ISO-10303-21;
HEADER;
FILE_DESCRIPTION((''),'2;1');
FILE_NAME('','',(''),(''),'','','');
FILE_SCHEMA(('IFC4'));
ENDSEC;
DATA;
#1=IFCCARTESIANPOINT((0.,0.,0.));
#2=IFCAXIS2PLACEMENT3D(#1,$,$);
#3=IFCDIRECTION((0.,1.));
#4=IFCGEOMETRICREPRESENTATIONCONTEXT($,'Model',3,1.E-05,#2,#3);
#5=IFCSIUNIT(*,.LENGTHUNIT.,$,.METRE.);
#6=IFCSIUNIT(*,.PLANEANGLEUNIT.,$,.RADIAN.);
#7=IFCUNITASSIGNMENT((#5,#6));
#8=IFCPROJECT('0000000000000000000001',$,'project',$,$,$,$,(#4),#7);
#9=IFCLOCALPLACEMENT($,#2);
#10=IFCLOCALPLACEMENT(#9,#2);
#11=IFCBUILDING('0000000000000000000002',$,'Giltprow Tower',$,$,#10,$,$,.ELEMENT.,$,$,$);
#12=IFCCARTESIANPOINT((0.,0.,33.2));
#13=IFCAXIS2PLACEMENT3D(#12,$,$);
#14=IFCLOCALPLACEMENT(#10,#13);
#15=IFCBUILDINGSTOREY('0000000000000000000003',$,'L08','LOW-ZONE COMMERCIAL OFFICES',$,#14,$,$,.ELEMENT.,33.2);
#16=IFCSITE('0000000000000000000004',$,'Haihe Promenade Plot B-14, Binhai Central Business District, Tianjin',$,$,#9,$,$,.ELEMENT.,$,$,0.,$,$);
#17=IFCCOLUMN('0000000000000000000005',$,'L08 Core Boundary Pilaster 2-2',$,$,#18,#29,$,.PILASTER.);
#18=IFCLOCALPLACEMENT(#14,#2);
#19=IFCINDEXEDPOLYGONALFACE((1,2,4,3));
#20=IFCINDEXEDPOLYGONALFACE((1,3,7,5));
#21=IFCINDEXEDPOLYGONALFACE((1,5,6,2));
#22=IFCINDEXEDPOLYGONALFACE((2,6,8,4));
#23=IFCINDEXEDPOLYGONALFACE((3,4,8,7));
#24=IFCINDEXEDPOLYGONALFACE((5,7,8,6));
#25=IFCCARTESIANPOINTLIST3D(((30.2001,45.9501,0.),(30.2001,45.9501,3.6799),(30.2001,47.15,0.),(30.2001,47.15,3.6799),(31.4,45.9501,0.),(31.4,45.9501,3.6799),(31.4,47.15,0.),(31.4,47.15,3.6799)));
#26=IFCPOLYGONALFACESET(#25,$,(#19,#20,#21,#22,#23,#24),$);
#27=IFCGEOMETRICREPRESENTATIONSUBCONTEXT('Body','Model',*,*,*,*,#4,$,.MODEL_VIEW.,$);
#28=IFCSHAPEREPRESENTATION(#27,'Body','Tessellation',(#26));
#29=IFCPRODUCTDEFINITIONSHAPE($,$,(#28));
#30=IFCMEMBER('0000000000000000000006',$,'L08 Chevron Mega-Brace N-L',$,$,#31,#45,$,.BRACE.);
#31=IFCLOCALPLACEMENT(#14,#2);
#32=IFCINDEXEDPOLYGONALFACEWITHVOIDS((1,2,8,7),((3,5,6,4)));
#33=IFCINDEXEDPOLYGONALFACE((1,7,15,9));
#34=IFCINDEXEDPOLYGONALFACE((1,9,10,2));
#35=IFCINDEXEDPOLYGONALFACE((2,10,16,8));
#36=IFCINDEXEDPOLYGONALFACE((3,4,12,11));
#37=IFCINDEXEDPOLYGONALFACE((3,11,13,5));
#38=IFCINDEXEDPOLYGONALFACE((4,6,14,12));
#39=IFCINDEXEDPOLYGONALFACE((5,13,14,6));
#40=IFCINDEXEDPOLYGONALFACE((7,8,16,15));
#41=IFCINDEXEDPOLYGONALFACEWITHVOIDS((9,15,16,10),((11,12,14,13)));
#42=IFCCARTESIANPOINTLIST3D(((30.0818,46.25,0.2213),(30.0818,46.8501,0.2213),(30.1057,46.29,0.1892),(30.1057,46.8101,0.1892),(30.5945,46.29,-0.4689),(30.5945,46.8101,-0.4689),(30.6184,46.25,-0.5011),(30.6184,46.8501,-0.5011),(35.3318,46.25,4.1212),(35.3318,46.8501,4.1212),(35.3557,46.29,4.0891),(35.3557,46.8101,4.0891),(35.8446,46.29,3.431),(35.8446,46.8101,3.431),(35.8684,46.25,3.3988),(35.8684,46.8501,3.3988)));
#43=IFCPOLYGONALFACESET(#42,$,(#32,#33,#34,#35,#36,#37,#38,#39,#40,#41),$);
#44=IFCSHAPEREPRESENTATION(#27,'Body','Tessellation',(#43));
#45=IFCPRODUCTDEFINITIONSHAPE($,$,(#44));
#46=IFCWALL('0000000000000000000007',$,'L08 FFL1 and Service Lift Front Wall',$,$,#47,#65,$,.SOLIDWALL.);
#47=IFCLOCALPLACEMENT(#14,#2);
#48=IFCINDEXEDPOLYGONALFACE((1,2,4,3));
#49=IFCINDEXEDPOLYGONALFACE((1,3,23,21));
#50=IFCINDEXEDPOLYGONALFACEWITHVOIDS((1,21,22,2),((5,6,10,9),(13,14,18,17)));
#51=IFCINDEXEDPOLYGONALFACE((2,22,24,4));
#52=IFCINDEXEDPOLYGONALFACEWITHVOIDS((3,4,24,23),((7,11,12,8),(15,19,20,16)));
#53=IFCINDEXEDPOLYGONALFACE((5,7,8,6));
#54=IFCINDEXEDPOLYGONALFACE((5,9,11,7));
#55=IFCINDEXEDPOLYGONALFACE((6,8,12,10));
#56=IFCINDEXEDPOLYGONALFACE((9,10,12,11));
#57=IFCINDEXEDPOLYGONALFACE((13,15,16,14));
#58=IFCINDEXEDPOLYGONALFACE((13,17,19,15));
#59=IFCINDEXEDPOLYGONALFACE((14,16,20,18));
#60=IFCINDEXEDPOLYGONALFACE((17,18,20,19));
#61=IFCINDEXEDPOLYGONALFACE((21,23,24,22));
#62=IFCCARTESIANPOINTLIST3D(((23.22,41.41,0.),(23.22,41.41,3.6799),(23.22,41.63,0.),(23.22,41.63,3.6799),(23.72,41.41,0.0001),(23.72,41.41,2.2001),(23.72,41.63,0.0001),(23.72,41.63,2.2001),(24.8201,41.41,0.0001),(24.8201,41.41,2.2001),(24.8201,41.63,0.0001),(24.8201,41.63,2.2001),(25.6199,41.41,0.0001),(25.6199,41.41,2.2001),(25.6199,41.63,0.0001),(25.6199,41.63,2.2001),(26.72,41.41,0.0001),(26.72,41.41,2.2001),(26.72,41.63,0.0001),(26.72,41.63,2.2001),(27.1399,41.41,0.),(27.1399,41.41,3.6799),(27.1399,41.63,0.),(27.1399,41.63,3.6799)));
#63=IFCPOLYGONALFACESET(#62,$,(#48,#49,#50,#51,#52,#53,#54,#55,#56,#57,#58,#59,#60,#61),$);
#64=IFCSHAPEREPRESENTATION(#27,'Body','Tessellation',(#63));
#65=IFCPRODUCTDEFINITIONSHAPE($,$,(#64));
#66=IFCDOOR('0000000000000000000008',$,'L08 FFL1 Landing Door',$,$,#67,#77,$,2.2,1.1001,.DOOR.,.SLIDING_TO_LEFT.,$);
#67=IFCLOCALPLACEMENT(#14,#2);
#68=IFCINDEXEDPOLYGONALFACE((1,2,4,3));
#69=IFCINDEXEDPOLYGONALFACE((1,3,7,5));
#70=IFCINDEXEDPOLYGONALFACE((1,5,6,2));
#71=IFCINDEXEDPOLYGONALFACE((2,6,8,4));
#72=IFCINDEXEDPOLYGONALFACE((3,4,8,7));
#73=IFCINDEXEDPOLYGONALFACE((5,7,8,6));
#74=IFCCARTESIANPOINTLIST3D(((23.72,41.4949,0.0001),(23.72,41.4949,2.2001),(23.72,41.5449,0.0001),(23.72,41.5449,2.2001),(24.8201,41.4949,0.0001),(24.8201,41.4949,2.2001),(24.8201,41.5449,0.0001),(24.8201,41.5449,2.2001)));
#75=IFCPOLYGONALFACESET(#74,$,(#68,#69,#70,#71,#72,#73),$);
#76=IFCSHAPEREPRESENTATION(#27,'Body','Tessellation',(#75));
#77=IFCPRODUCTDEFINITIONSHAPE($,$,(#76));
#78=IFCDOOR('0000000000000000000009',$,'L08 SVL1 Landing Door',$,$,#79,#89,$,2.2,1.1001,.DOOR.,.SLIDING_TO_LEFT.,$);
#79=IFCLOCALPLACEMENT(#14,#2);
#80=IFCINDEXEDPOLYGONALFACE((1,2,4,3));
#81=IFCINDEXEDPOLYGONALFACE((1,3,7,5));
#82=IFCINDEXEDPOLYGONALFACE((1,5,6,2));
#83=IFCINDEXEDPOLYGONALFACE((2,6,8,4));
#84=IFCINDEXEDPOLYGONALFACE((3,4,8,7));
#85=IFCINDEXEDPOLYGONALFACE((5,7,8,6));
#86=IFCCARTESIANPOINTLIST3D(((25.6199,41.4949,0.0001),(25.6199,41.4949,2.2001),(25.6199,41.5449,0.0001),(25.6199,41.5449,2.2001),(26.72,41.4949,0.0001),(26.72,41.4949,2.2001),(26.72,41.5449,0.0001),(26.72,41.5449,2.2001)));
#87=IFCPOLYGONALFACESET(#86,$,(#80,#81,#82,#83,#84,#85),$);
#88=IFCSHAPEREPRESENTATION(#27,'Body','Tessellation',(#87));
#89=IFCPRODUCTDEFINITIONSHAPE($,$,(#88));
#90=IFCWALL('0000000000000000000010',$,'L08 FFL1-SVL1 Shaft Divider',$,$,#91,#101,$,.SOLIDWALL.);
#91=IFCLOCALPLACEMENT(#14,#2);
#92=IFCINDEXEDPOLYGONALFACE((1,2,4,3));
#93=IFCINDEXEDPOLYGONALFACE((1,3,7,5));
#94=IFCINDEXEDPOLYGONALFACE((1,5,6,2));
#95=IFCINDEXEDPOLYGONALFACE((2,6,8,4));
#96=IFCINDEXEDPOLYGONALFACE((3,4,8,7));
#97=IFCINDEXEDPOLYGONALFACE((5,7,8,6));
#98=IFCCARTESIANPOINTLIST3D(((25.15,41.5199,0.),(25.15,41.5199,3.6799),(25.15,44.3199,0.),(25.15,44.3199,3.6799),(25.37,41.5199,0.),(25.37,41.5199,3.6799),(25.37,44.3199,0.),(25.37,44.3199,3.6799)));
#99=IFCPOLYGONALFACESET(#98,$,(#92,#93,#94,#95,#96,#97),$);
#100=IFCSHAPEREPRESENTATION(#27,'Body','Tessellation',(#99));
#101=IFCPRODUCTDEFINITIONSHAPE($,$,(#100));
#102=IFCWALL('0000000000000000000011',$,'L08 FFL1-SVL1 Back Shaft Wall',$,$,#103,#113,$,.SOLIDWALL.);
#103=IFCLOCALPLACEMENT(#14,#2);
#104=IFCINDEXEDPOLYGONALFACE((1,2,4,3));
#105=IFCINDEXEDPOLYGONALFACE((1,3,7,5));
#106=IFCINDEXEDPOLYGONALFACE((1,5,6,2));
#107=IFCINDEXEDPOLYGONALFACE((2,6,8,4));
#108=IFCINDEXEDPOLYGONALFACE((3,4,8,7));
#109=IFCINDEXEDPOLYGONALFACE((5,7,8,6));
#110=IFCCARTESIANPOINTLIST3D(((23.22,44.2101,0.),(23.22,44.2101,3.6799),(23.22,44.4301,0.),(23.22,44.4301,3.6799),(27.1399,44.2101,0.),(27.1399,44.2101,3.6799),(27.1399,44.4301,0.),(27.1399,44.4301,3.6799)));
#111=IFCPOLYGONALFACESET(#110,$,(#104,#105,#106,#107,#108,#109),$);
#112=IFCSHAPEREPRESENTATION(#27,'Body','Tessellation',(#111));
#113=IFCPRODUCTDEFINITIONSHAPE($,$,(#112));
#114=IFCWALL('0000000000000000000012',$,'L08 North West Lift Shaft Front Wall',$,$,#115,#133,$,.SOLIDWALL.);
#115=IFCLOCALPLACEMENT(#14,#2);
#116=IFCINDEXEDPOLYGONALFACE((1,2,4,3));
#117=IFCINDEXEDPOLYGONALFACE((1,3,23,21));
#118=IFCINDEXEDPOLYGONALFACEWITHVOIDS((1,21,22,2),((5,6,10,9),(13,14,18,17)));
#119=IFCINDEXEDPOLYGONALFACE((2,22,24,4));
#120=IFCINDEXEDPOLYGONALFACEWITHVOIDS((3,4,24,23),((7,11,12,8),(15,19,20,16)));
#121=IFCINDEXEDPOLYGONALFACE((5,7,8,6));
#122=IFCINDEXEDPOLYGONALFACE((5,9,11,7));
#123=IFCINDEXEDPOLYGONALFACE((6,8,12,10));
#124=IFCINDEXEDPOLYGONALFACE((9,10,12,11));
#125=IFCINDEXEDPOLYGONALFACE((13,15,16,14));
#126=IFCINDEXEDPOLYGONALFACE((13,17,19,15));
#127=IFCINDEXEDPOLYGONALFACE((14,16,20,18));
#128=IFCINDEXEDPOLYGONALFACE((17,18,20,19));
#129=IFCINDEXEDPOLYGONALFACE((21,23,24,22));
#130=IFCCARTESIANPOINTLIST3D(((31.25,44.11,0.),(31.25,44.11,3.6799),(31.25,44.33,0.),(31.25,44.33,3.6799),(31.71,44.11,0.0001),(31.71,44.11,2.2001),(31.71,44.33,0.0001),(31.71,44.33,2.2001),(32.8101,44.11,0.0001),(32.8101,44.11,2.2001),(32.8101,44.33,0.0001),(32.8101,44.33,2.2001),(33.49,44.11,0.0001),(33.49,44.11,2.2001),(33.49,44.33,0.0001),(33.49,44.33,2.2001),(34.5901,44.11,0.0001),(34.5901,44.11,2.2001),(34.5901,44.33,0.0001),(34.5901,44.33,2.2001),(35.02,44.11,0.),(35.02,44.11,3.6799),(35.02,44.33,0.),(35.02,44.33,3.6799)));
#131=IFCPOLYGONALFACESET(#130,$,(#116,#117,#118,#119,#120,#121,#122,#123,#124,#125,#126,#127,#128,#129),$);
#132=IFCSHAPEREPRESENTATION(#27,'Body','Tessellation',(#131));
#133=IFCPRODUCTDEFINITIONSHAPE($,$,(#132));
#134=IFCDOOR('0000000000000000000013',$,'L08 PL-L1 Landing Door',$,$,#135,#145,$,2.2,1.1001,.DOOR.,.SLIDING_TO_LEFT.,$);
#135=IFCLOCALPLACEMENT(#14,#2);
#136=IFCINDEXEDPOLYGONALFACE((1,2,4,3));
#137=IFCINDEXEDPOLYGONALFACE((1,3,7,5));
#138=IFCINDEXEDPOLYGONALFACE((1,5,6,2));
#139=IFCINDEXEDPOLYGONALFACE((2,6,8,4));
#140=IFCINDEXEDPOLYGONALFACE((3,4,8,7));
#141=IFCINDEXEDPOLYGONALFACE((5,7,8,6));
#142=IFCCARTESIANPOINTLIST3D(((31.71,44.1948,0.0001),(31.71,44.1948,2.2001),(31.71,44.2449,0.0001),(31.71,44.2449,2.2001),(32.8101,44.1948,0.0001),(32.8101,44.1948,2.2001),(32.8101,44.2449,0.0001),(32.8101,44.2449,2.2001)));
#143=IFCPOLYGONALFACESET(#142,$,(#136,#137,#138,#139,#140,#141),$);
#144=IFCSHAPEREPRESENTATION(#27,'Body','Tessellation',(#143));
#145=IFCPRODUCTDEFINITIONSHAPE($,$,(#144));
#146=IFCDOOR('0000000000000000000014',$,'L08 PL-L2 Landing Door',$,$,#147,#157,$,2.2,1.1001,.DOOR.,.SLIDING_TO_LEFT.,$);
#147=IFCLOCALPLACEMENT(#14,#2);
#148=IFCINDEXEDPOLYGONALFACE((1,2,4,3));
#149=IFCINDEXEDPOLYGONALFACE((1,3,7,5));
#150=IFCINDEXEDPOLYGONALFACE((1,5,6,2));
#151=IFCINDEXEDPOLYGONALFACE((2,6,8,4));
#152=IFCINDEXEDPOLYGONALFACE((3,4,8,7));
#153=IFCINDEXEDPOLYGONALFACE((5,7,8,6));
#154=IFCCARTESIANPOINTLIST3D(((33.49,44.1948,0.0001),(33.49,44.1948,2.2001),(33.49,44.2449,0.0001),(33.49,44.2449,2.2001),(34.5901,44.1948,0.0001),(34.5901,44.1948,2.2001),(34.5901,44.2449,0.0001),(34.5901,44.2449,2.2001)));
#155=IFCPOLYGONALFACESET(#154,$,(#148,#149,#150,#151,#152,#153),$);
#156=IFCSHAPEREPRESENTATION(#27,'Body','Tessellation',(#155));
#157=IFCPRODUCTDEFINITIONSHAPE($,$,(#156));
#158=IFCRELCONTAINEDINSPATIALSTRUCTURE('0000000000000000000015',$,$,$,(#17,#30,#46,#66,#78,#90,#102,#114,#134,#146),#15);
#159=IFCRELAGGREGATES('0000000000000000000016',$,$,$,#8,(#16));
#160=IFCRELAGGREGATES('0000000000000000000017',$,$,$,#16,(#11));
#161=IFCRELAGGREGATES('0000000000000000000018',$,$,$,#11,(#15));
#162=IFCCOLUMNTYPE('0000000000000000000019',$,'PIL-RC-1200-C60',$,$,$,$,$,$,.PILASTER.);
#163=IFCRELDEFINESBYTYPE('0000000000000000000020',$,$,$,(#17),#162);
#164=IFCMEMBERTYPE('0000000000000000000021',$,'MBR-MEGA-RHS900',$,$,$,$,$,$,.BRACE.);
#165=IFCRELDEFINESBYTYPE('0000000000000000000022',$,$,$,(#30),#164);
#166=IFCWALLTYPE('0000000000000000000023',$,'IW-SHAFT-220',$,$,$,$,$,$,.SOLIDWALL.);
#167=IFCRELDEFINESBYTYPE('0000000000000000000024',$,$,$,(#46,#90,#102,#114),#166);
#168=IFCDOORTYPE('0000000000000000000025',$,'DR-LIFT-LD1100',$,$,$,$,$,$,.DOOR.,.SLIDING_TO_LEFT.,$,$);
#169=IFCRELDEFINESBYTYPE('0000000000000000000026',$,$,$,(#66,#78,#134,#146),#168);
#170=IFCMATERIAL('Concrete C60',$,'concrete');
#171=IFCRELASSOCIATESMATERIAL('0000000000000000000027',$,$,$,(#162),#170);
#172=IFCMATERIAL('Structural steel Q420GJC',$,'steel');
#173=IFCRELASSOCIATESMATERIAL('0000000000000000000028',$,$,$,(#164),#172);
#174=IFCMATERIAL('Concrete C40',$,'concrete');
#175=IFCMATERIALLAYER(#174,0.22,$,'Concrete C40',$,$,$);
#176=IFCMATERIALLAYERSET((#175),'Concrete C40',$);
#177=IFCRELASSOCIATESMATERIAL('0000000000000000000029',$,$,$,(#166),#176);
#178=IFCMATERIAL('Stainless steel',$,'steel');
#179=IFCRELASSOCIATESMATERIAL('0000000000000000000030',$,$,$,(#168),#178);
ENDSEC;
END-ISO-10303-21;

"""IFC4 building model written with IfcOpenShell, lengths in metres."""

from ifc_helpers import new_model, si_unit, direction, frame, frame_2d, origin, origin_2d, place, context, subcontext, project, spatial, rectangle, hollow_rectangle, extrude, source, transform, mapped, material, layer, layer_set, material_profile, profile_set, type_object, element, fill, save


model = new_model("IFC4")

# Units and contexts
model_context = context("Model", 3, precision=1e-05, world=origin(), true_north=direction((0.0, 1.0)))
body_context = subcontext(model_context, "Body", "Model", "MODEL_VIEW")
ifc_project = project(units=[si_unit("LENGTHUNIT", "METRE"), si_unit("PLANEANGLEUNIT", "RADIAN")], contexts=[model_context])

# Site, building, storey
site_placement = place(None, origin())
site = spatial("IfcSite", under=ifc_project, at=site_placement, Name="Haihe Promenade Plot B-14, Binhai Central Business District, Tianjin", CompositionType="ELEMENT", RefElevation=0.0)
building_placement = place(site_placement, origin())
building = spatial("IfcBuilding", under=site, at=building_placement, Name="Giltprow Tower", CompositionType="ELEMENT")
storey_placement = place(building_placement, frame((0.0, 0.0, 33.2)))
storey = spatial("IfcBuildingStorey", under=building, at=storey_placement, Name="L08", Description="LOW-ZONE COMMERCIAL OFFICES", CompositionType="ELEMENT", Elevation=33.2)

# Column
ifc_material_1 = material(Name="Concrete C60", Category="concrete")
ifc_material_profile_1 = material_profile(ifc_material_1, rectangle(XDim=1.2, YDim=1.2, at=origin_2d()), Name="RC 1200x1200")
ifc_profile_set_1 = profile_set([ifc_material_profile_1], Name="Concrete C60")
column_type = type_object("IfcColumnType", Name="PIL-RC-1200-C60", PredefinedType="PILASTER", material=ifc_profile_set_1)
shared_shape_1 = source(origin(), body_context, "Body", "SweptSolid", [
    extrude(rectangle(XDim=1.2, YDim=1.2, at=origin_2d()), origin(), (0.0, 0.0, 1.0), 3.6799),
])
column_placement = place(storey_placement, frame((30.8, 46.55, 0.0), z_axis=(0.0, 0.0, 1.0), x_axis=(1.0, 0.0, 0.0)))
element("IfcColumn", 1, at=column_placement, inside=storey, type_object=column_type, Name="L08 Core Boundary Pilaster 2-2", PredefinedType="PILASTER", context=body_context, shape_type="MappedRepresentation", body=[
    mapped(shared_shape_1, transform((0.0, 0.0, 0.0), x_axis=(1.0, 0.0, 0.0), y_axis=(0.0, 1.0, 0.0), z_axis=(0.0, 0.0, 1.0), scale=1.0)),
])

# Member
ifc_material_2 = material(Name="Structural steel Q420GJC", Category="steel")
ifc_material_profile_2 = material_profile(ifc_material_2, hollow_rectangle(XDim=0.6001, YDim=0.8999, WallThickness=0.04, at=origin_2d()), Name="RHS 900x600x40")
ifc_profile_set_2 = profile_set([ifc_material_profile_2], Name="Structural steel Q420GJC")
member_type = type_object("IfcMemberType", Name="MBR-MEGA-RHS900", PredefinedType="BRACE", material=ifc_profile_set_2)
shared_shape_2 = source(origin(), body_context, "Body", "SweptSolid", [
    extrude(hollow_rectangle(XDim=0.6001, YDim=0.8999, WallThickness=0.04, at=origin_2d()), origin(), (0.0, 0.0, 1.0), 6.54),
])
member_placement = place(storey_placement, frame((30.3501, 46.55, -0.1399), z_axis=(0.802751, 0.0, 0.596314), x_axis=(0.0, 1.0, 0.0)))
element("IfcMember", 2, at=member_placement, inside=storey, type_object=member_type, Name="L08 Chevron Mega-Brace N-L", PredefinedType="BRACE", context=body_context, shape_type="MappedRepresentation", body=[
    mapped(shared_shape_2, transform((0.0, 0.0, 0.0), x_axis=(1.0, 0.0, 0.0), y_axis=(0.0, 1.0, 0.0), z_axis=(0.0, 0.0, 1.0), scale=1.0)),
])

# Wall, openings, doors
ifc_material_3 = material(Name="Concrete C40", Category="concrete")
ifc_layer_1 = layer(ifc_material_3, 0.22, Name="Concrete C40")
ifc_layer_set_1 = layer_set([ifc_layer_1], Name="Concrete C40")
wall_type_1 = type_object("IfcWallType", Name="IW-SHAFT-220", PredefinedType="SOLIDWALL", material=ifc_layer_set_1)
wall_1_placement = place(storey_placement, frame((23.22, 41.52, 0.0), z_axis=(0.0, 0.0, 1.0), x_axis=(1.0, 0.0, 0.0)))
wall_1 = element("IfcWall", 3, at=wall_1_placement, inside=storey, type_object=wall_type_1, Name="L08 FFL1 and Service Lift Front Wall", PredefinedType="SOLIDWALL", context=body_context, shape_type="SweptSolid", body=[
    extrude(rectangle(XDim=3.9199, YDim=0.22, at=frame_2d((1.96, 0.0))), origin(), (0.0, 0.0, 1.0), 3.6799),
])
opening_1_placement = place(wall_1_placement, frame((0.5, 0.0, 0.0)))
opening_1 = element("IfcOpeningElement", 4, at=opening_1_placement, cuts=wall_1, PredefinedType="OPENING", context=body_context, shape_type="SweptSolid", body=[
    extrude(rectangle(XDim=1.1001, YDim=2.2, at=frame_2d((0.55, 1.1001))), frame((0.0, 0.1199, 0.0), z_axis=(0.0, -1.0, 0.0), x_axis=(1.0, 0.0, 0.0)), (0.0, 0.0, 1.0), 0.24),
])
opening_2_placement = place(wall_1_placement, frame((2.3999, 0.0, 0.0)))
opening_2 = element("IfcOpeningElement", 5, at=opening_2_placement, cuts=wall_1, PredefinedType="OPENING", context=body_context, shape_type="SweptSolid", body=[
    extrude(rectangle(XDim=1.1001, YDim=2.2, at=frame_2d((0.55, 1.1001))), frame((0.0, 0.1199, 0.0), z_axis=(0.0, -1.0, 0.0), x_axis=(1.0, 0.0, 0.0)), (0.0, 0.0, 1.0), 0.24),
])
ifc_material_4 = material(Name="Stainless steel", Category="steel")
door_type = type_object("IfcDoorType", Name="DR-LIFT-LD1100", OperationType="SLIDING_TO_LEFT", PredefinedType="DOOR", material=ifc_material_4)
shared_shape_3 = source(origin(), body_context, "Body", "SweptSolid", [
    extrude(rectangle(XDim=1.1001, YDim=2.2, at=frame_2d((0.55, 1.1001))), frame((0.0, 0.0249, 0.0), z_axis=(0.0, -1.0, 0.0), x_axis=(1.0, 0.0, 0.0)), (0.0, 0.0, 1.0), 0.05),
])
door_1_placement = place(opening_1_placement, origin())
door_1 = element("IfcDoor", 6, at=door_1_placement, inside=storey, type_object=door_type, Name="L08 FFL1 Landing Door", OperationType="SLIDING_TO_LEFT", OverallHeight=2.2, OverallWidth=1.1001, PredefinedType="DOOR", context=body_context, shape_type="MappedRepresentation", body=[
    mapped(shared_shape_3, transform((0.0, 0.0, 0.0), x_axis=(1.0, 0.0, 0.0), y_axis=(0.0, 1.0, 0.0), z_axis=(0.0, 0.0, 1.0), scale=1.0)),
])
fill(opening_1, door_1)
door_2_placement = place(opening_2_placement, origin())
door_2 = element("IfcDoor", 7, at=door_2_placement, inside=storey, type_object=door_type, Name="L08 SVL1 Landing Door", OperationType="SLIDING_TO_LEFT", OverallHeight=2.2, OverallWidth=1.1001, PredefinedType="DOOR", context=body_context, shape_type="MappedRepresentation", body=[
    mapped(shared_shape_3, transform((0.0, 0.0, 0.0), x_axis=(1.0, 0.0, 0.0), y_axis=(0.0, 1.0, 0.0), z_axis=(0.0, 0.0, 1.0), scale=1.0)),
])
fill(opening_2, door_2)

# Walls
wall_2_placement = place(storey_placement, frame((25.26, 41.52, 0.0), z_axis=(0.0, 0.0, 1.0), x_axis=(0.0, 1.0, 0.0)))
element("IfcWall", 8, at=wall_2_placement, inside=storey, type_object=wall_type_1, Name="L08 FFL1-SVL1 Shaft Divider", PredefinedType="SOLIDWALL", context=body_context, shape_type="SweptSolid", body=[
    extrude(rectangle(XDim=2.8, YDim=0.22, at=frame_2d((1.3999, 0.0))), origin(), (0.0, 0.0, 1.0), 3.6799),
])
wall_3_placement = place(storey_placement, frame((23.22, 44.3201, 0.0), z_axis=(0.0, 0.0, 1.0), x_axis=(1.0, 0.0, 0.0)))
element("IfcWall", 9, at=wall_3_placement, inside=storey, type_object=wall_type_1, Name="L08 FFL1-SVL1 Back Shaft Wall", PredefinedType="SOLIDWALL", context=body_context, shape_type="SweptSolid", body=[
    extrude(rectangle(XDim=3.9199, YDim=0.22, at=frame_2d((1.96, 0.0))), origin(), (0.0, 0.0, 1.0), 3.6799),
])

# Wall, openings, doors
wall_4_placement = place(storey_placement, frame((31.25, 44.22, 0.0), z_axis=(0.0, 0.0, 1.0), x_axis=(1.0, 0.0, 0.0)))
wall_4 = element("IfcWall", 10, at=wall_4_placement, inside=storey, type_object=wall_type_1, Name="L08 North West Lift Shaft Front Wall", PredefinedType="SOLIDWALL", context=body_context, shape_type="SweptSolid", body=[
    extrude(rectangle(XDim=3.77, YDim=0.22, at=frame_2d((1.885, 0.0))), origin(), (0.0, 0.0, 1.0), 3.6799),
])
opening_3_placement = place(wall_4_placement, frame((0.46, 0.0, 0.0)))
opening_3 = element("IfcOpeningElement", 11, at=opening_3_placement, cuts=wall_4, PredefinedType="OPENING", context=body_context, shape_type="SweptSolid", body=[
    extrude(rectangle(XDim=1.1001, YDim=2.2, at=frame_2d((0.55, 1.1001))), frame((0.0, 0.1199, 0.0), z_axis=(0.0, -1.0, 0.0), x_axis=(1.0, 0.0, 0.0)), (0.0, 0.0, 1.0), 0.24),
])
opening_4_placement = place(wall_4_placement, frame((2.24, 0.0, 0.0)))
opening_4 = element("IfcOpeningElement", 12, at=opening_4_placement, cuts=wall_4, PredefinedType="OPENING", context=body_context, shape_type="SweptSolid", body=[
    extrude(rectangle(XDim=1.1001, YDim=2.2, at=frame_2d((0.55, 1.1001))), frame((0.0, 0.1199, 0.0), z_axis=(0.0, -1.0, 0.0), x_axis=(1.0, 0.0, 0.0)), (0.0, 0.0, 1.0), 0.24),
])
door_3_placement = place(opening_3_placement, origin())
door_3 = element("IfcDoor", 13, at=door_3_placement, inside=storey, type_object=door_type, Name="L08 PL-L1 Landing Door", OperationType="SLIDING_TO_LEFT", OverallHeight=2.2, OverallWidth=1.1001, PredefinedType="DOOR", context=body_context, shape_type="MappedRepresentation", body=[
    mapped(shared_shape_3, transform((0.0, 0.0, 0.0), x_axis=(1.0, 0.0, 0.0), y_axis=(0.0, 1.0, 0.0), z_axis=(0.0, 0.0, 1.0), scale=1.0)),
])
fill(opening_3, door_3)
door_4_placement = place(opening_4_placement, origin())
door_4 = element("IfcDoor", 14, at=door_4_placement, inside=storey, type_object=door_type, Name="L08 PL-L2 Landing Door", OperationType="SLIDING_TO_LEFT", OverallHeight=2.2, OverallWidth=1.1001, PredefinedType="DOOR", context=body_context, shape_type="MappedRepresentation", body=[
    mapped(shared_shape_3, transform((0.0, 0.0, 0.0), x_axis=(1.0, 0.0, 0.0), y_axis=(0.0, 1.0, 0.0), z_axis=(0.0, 0.0, 1.0), scale=1.0)),
])
fill(opening_4, door_4)

save(model, "model.ifc")
